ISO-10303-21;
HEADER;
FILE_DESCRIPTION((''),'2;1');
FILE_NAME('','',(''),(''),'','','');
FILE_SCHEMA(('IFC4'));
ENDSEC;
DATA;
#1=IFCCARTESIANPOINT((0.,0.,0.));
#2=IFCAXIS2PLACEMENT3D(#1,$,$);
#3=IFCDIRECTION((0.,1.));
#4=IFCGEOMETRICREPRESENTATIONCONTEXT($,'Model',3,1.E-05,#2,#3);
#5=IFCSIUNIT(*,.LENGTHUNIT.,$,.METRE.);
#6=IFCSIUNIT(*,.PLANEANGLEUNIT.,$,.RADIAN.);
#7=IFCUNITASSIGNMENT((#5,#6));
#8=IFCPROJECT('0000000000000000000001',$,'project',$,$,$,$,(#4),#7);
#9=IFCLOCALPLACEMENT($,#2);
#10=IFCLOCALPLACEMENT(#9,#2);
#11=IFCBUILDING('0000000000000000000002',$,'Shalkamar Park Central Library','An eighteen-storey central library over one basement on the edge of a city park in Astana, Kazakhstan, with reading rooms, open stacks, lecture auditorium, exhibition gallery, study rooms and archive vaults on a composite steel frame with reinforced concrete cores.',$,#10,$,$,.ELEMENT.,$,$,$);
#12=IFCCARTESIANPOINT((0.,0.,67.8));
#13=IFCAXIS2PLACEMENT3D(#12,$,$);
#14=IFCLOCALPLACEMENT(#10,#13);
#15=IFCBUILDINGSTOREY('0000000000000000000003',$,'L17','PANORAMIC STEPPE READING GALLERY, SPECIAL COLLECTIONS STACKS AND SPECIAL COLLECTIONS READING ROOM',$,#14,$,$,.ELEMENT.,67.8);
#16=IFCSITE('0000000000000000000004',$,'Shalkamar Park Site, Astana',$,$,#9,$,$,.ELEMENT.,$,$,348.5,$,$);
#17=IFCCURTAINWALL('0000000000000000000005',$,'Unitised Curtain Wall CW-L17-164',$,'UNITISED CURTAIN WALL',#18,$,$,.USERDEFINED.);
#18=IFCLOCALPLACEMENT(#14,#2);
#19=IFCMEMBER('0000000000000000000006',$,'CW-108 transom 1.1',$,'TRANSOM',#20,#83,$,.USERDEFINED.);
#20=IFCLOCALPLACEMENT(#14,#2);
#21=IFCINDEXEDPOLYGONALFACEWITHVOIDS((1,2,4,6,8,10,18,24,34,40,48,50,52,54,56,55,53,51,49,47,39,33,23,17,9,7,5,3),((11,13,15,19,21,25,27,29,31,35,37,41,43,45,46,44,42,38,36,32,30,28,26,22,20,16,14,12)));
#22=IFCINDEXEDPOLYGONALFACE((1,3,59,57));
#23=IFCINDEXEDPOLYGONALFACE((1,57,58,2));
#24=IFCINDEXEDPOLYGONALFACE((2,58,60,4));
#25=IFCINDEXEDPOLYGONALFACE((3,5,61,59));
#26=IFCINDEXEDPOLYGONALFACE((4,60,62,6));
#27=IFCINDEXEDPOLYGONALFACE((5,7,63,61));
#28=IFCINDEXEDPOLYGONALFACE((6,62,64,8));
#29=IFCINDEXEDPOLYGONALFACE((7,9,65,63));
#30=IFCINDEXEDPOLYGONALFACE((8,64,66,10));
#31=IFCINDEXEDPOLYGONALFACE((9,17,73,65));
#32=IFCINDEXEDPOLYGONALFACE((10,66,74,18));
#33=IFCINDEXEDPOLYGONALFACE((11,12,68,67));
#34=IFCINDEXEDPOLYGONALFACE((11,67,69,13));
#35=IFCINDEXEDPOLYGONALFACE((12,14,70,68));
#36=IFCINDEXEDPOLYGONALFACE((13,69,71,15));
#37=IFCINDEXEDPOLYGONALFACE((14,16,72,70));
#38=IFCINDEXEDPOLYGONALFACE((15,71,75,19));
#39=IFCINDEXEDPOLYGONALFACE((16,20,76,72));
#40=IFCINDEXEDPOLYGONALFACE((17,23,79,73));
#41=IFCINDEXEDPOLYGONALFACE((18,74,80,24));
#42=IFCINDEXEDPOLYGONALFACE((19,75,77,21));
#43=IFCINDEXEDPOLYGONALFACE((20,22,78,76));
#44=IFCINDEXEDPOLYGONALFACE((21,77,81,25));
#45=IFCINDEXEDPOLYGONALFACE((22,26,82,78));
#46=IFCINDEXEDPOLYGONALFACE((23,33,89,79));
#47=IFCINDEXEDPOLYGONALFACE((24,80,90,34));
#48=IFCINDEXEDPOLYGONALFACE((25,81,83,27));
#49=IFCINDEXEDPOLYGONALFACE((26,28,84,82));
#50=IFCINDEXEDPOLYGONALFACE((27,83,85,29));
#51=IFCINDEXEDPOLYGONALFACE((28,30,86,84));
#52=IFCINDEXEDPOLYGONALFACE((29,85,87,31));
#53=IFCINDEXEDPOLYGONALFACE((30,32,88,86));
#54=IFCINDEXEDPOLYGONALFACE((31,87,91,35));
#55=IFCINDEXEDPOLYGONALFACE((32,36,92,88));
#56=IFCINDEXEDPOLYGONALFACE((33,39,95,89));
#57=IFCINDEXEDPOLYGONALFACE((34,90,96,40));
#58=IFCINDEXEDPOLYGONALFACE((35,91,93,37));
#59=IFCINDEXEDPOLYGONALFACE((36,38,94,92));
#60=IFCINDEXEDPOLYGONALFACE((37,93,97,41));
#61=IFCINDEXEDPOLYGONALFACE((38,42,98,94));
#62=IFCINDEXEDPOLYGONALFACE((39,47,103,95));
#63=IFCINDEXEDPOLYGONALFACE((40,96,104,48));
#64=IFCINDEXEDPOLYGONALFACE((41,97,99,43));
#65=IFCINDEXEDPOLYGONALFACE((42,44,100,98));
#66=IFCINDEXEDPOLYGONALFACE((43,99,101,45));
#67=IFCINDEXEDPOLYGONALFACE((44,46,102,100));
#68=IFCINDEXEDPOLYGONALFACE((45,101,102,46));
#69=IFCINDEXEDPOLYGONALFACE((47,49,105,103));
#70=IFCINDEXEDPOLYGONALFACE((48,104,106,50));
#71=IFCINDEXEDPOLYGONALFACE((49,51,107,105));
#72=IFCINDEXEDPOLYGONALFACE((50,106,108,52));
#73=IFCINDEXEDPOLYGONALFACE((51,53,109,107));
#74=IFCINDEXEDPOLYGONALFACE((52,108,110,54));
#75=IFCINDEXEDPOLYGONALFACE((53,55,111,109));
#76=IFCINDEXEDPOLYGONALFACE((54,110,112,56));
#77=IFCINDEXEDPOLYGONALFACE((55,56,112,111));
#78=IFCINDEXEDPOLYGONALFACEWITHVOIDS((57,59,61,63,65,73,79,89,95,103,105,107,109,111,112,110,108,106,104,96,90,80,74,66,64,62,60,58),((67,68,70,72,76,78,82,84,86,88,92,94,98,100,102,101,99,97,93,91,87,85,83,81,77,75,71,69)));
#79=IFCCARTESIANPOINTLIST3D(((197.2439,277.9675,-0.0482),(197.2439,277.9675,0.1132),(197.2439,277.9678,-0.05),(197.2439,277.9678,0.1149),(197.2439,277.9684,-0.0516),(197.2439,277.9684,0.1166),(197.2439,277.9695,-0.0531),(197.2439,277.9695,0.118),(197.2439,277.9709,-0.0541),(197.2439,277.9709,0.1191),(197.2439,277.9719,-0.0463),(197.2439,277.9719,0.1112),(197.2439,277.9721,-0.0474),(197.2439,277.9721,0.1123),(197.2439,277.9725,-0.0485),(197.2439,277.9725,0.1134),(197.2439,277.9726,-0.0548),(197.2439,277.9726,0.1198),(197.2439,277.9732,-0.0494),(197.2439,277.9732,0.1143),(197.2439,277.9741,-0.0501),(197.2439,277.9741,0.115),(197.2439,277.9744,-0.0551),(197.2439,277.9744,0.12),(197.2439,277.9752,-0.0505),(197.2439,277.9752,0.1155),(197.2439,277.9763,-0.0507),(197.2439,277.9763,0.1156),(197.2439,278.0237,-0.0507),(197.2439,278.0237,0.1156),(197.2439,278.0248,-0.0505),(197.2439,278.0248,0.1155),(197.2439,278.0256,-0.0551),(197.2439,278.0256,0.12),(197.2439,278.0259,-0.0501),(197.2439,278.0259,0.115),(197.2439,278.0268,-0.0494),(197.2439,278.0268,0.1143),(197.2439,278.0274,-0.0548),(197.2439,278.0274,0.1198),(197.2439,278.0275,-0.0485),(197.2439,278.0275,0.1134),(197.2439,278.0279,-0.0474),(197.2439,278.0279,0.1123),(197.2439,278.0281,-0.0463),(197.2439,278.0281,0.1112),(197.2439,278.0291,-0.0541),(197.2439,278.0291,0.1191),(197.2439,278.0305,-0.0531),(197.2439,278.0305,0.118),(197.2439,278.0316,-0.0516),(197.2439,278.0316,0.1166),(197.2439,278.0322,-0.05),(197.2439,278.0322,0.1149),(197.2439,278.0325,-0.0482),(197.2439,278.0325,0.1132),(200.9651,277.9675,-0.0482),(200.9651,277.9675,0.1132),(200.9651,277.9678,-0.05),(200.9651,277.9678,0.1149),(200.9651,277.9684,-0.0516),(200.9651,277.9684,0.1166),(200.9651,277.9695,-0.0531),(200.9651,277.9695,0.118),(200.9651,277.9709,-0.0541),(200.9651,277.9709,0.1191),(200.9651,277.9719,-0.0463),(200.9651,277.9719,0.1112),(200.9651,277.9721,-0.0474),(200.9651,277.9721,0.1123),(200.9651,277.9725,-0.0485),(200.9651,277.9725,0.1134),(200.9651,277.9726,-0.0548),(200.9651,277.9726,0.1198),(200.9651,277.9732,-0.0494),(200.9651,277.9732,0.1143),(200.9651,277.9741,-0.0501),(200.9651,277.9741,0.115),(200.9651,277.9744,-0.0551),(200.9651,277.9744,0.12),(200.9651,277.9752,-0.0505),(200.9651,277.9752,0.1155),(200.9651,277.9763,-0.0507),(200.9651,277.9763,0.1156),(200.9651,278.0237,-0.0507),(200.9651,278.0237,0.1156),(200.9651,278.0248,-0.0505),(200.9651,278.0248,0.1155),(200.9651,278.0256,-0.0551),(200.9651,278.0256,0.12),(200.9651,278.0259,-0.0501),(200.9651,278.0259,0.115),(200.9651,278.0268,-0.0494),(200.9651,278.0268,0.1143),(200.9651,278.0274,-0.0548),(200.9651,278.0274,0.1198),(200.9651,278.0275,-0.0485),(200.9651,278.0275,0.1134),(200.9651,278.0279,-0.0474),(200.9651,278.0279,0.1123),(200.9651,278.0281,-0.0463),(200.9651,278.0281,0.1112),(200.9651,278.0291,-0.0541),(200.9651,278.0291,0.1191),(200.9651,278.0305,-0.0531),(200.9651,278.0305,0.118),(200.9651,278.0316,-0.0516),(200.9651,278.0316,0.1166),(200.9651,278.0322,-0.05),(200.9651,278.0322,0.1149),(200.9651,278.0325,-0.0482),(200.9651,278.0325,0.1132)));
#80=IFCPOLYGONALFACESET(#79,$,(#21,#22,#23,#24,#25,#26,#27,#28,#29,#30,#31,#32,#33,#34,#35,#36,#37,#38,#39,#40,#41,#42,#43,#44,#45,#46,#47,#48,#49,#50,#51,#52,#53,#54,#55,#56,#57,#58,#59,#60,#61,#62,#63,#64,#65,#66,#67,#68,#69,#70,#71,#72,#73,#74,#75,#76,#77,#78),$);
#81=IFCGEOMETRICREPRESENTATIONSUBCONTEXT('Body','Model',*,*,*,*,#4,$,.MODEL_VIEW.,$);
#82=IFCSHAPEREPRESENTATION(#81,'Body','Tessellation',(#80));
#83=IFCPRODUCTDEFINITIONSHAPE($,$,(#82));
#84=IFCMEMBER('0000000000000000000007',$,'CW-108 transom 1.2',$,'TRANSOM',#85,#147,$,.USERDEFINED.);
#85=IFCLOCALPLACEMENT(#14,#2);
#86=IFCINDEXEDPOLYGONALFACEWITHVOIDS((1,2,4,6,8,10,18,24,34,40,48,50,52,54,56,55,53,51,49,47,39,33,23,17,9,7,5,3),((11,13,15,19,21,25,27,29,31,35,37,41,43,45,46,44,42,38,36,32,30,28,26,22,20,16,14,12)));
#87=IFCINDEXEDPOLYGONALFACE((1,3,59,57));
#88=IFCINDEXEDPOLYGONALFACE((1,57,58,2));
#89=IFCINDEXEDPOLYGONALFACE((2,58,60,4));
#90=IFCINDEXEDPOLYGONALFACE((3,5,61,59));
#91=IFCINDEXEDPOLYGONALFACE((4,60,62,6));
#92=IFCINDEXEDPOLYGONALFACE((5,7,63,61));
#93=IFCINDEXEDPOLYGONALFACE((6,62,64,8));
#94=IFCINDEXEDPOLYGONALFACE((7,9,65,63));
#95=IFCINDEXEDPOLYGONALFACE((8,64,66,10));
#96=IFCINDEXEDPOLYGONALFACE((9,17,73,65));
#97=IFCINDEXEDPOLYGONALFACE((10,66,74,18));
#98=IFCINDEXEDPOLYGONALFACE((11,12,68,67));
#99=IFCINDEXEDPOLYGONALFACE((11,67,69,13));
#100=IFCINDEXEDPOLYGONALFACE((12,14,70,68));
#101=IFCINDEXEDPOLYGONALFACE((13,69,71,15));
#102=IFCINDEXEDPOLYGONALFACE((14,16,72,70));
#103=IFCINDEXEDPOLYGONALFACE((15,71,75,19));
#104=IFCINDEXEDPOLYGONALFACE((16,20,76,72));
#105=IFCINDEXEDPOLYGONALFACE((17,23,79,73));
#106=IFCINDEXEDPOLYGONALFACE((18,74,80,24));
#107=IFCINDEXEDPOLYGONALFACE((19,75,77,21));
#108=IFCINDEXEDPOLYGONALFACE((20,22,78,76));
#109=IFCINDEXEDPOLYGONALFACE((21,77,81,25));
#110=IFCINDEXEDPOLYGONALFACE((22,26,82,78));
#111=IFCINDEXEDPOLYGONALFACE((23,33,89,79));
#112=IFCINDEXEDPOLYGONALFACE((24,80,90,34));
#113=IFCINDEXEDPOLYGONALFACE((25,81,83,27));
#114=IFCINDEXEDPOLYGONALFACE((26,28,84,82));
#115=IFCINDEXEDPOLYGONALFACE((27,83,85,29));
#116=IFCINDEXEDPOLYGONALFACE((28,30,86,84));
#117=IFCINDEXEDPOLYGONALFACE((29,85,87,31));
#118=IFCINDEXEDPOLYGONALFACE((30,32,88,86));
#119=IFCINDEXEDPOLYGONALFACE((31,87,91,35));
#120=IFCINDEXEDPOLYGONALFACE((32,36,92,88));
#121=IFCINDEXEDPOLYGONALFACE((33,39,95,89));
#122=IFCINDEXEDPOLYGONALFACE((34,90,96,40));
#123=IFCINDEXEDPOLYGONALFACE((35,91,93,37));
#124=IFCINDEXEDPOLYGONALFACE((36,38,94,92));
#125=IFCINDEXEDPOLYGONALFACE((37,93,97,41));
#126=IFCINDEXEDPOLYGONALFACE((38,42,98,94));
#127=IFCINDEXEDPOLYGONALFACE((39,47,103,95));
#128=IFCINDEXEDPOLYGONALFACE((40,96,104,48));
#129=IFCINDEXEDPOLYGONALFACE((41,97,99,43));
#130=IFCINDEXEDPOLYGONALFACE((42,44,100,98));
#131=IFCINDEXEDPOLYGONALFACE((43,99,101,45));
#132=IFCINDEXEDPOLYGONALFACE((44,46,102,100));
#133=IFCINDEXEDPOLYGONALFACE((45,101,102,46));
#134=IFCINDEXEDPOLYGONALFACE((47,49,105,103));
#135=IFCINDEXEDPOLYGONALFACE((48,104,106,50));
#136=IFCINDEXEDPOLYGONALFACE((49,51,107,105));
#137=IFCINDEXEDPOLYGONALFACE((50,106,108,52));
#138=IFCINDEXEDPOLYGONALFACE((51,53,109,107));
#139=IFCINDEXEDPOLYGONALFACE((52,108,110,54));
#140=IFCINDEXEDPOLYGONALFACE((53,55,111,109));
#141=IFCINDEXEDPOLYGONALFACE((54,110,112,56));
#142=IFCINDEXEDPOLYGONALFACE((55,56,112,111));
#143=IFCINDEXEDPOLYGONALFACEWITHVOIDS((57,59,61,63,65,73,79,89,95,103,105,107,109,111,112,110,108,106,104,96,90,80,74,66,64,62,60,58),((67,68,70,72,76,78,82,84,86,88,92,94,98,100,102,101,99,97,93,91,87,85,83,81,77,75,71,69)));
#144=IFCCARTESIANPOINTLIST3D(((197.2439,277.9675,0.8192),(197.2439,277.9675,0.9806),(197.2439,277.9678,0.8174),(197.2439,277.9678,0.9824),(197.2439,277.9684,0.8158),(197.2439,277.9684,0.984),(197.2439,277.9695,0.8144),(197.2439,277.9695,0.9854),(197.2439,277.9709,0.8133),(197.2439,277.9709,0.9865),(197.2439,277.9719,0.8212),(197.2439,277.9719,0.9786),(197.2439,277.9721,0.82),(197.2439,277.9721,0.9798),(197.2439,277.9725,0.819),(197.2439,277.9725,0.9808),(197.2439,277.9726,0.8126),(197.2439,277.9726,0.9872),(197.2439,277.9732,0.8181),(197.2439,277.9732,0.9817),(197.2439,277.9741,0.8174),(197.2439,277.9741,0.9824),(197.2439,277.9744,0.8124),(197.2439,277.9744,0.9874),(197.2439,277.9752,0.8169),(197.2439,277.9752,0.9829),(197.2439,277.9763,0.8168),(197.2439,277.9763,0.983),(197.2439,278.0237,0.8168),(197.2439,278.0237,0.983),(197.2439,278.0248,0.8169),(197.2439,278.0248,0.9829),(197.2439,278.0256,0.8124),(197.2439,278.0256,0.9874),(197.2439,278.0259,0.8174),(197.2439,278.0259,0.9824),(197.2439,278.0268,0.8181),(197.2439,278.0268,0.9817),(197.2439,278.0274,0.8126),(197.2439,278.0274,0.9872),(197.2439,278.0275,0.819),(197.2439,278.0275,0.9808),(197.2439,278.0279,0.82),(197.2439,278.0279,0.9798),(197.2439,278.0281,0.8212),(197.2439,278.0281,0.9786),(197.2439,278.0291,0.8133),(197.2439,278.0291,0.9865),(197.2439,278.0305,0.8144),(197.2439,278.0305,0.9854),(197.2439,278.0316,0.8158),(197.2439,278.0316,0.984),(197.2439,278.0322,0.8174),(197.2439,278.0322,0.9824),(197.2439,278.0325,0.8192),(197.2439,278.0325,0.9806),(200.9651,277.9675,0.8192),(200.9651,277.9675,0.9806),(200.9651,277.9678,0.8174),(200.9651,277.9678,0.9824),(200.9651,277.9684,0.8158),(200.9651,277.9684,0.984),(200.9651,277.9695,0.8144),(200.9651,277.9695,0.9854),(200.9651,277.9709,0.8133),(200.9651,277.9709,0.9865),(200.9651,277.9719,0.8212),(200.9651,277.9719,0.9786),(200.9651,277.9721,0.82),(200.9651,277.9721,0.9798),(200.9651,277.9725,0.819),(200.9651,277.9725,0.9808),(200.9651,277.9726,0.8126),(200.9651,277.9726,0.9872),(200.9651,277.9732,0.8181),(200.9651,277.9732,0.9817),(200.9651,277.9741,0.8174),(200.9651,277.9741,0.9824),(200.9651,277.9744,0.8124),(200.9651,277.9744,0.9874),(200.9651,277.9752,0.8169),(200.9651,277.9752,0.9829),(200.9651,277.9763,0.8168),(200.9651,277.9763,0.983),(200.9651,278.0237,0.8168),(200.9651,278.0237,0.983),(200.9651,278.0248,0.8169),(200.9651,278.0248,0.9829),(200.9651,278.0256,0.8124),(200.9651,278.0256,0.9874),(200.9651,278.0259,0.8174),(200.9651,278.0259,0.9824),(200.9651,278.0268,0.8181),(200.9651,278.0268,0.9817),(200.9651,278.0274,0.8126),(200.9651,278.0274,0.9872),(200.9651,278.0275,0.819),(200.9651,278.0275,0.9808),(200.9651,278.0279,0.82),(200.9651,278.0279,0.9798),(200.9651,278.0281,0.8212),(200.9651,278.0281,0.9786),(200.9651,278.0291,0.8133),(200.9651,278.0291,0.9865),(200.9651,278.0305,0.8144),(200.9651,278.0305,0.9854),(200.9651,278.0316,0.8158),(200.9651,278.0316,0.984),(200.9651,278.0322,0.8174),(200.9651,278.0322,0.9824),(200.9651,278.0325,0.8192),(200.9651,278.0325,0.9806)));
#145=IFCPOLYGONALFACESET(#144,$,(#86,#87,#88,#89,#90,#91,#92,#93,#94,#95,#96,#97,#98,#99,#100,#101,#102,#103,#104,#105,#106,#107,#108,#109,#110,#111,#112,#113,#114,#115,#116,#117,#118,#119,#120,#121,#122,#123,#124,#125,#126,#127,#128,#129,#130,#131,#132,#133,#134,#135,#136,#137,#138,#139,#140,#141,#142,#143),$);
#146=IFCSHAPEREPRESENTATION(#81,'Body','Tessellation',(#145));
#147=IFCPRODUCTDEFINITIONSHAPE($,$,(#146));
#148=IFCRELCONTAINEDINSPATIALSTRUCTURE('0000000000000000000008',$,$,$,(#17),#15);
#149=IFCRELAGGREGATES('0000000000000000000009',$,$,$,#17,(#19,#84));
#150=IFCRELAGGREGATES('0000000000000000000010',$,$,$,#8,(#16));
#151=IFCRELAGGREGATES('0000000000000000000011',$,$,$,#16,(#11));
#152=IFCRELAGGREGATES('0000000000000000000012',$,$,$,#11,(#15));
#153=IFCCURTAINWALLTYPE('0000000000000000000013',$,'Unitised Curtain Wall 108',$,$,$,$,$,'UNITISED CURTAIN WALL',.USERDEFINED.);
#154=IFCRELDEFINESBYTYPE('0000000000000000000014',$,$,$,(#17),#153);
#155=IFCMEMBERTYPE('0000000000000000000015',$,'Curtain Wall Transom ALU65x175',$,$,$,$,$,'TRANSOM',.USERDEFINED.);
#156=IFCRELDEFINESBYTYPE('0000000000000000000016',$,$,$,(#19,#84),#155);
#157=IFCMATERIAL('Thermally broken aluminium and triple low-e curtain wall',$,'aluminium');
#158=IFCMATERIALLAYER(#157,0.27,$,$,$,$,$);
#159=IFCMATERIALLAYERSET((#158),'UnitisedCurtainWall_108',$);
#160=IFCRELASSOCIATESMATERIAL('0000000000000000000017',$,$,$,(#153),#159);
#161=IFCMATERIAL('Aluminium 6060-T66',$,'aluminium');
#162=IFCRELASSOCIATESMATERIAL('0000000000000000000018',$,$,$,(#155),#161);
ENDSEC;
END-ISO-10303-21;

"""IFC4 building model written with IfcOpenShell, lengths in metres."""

from ifc_helpers import new_model, si_unit, direction, frame, origin, origin_2d, place, context, subcontext, project, spatial, hollow_rectangle, extrude, material, layer, layer_set, material_profile, profile_set, type_object, element, aggregate, save


model = new_model("IFC4")

# Units and contexts
model_context = context("Model", 3, precision=1e-05, world=origin(), true_north=direction((0.0, 1.0)))
body_context = subcontext(model_context, "Body", "Model", "MODEL_VIEW")
ifc_project = project(units=[si_unit("LENGTHUNIT", "METRE"), si_unit("PLANEANGLEUNIT", "RADIAN")], contexts=[model_context])

# Site, building, storey
site_placement = place(None, origin())
site = spatial("IfcSite", under=ifc_project, at=site_placement, Name="Shalkamar Park Site, Astana", CompositionType="ELEMENT", RefElevation=348.5)
building_placement = place(site_placement, origin())
building = spatial("IfcBuilding", under=site, at=building_placement, Name="Shalkamar Park Central Library", Description="An eighteen-storey central library over one basement on the edge of a city park in Astana, Kazakhstan, with reading rooms, open stacks, lecture auditorium, exhibition gallery, study rooms and archive vaults on a composite steel frame with reinforced concrete cores.", CompositionType="ELEMENT")
storey_placement = place(building_placement, frame((0.0, 0.0, 67.8)))
storey = spatial("IfcBuildingStorey", under=building, at=storey_placement, Name="L17", Description="PANORAMIC STEPPE READING GALLERY, SPECIAL COLLECTIONS STACKS AND SPECIAL COLLECTIONS READING ROOM", CompositionType="ELEMENT", Elevation=67.8)

# Shared definitions
ifc_material_1 = material(Name="Thermally broken aluminium and triple low-e curtain wall", Category="aluminium")
ifc_material_2 = material(Name="Aluminium 6060-T66", Category="aluminium")

# Curtain wall, members
ifc_layer_1 = layer(ifc_material_1, 0.27)
ifc_layer_set_1 = layer_set([ifc_layer_1], Name="UnitisedCurtainWall_108")
curtain_wall_type_1 = type_object("IfcCurtainWallType", Name="Unitised Curtain Wall 108", ElementType="UNITISED CURTAIN WALL", PredefinedType="USERDEFINED", material=ifc_layer_set_1)
curtain_wall_1_placement = place(storey_placement, origin())
curtain_wall_1 = element("IfcCurtainWall", 1, at=curtain_wall_1_placement, inside=storey, type_object=curtain_wall_type_1, Name="Unitised Curtain Wall CW-L17-164", ObjectType="UNITISED CURTAIN WALL", PredefinedType="USERDEFINED")
ifc_material_profile_1 = material_profile(ifc_material_2, hollow_rectangle(XDim=0.0649, YDim=0.175, WallThickness=0.0044, InnerFilletRadius=0.0044, OuterFilletRadius=0.0068, at=origin_2d()), Name="ALU 65x175x4.5")
ifc_profile_set_1 = profile_set([ifc_material_profile_1], Name="Aluminium 6060-T66")
member_type_1 = type_object("IfcMemberType", Name="Curtain Wall Transom ALU65x175", ElementType="TRANSOM", PredefinedType="USERDEFINED", material=ifc_profile_set_1)
member_1_placement = place(storey_placement, frame((197.2439, 278.0, 0.0325), z_axis=(1.0, 0.0, 0.0), x_axis=(0.0, 1.0, 0.0)))
member_1 = element("IfcMember", 2, at=member_1_placement, type_object=member_type_1, Name="CW-108 transom 1.1", ObjectType="TRANSOM", PredefinedType="USERDEFINED", context=body_context, shape_type="SweptSolid", body=[
    extrude(hollow_rectangle(XDim=0.0649, YDim=0.175, WallThickness=0.0044, InnerFilletRadius=0.0044, OuterFilletRadius=0.0068, at=origin_2d()), origin(), (0.0, 0.0, 1.0), 3.7212),
])
member_2_placement = place(storey_placement, frame((197.2439, 278.0, 0.8999), z_axis=(1.0, 0.0, 0.0), x_axis=(0.0, 1.0, 0.0)))
member_2 = element("IfcMember", 3, at=member_2_placement, type_object=member_type_1, Name="CW-108 transom 1.2", ObjectType="TRANSOM", PredefinedType="USERDEFINED", context=body_context, shape_type="SweptSolid", body=[
    extrude(hollow_rectangle(XDim=0.0649, YDim=0.175, WallThickness=0.0044, InnerFilletRadius=0.0044, OuterFilletRadius=0.0068, at=origin_2d()), origin(), (0.0, 0.0, 1.0), 3.7212),
])

aggregate(curtain_wall_1, [member_1, member_2])

save(model, "model.ifc")
